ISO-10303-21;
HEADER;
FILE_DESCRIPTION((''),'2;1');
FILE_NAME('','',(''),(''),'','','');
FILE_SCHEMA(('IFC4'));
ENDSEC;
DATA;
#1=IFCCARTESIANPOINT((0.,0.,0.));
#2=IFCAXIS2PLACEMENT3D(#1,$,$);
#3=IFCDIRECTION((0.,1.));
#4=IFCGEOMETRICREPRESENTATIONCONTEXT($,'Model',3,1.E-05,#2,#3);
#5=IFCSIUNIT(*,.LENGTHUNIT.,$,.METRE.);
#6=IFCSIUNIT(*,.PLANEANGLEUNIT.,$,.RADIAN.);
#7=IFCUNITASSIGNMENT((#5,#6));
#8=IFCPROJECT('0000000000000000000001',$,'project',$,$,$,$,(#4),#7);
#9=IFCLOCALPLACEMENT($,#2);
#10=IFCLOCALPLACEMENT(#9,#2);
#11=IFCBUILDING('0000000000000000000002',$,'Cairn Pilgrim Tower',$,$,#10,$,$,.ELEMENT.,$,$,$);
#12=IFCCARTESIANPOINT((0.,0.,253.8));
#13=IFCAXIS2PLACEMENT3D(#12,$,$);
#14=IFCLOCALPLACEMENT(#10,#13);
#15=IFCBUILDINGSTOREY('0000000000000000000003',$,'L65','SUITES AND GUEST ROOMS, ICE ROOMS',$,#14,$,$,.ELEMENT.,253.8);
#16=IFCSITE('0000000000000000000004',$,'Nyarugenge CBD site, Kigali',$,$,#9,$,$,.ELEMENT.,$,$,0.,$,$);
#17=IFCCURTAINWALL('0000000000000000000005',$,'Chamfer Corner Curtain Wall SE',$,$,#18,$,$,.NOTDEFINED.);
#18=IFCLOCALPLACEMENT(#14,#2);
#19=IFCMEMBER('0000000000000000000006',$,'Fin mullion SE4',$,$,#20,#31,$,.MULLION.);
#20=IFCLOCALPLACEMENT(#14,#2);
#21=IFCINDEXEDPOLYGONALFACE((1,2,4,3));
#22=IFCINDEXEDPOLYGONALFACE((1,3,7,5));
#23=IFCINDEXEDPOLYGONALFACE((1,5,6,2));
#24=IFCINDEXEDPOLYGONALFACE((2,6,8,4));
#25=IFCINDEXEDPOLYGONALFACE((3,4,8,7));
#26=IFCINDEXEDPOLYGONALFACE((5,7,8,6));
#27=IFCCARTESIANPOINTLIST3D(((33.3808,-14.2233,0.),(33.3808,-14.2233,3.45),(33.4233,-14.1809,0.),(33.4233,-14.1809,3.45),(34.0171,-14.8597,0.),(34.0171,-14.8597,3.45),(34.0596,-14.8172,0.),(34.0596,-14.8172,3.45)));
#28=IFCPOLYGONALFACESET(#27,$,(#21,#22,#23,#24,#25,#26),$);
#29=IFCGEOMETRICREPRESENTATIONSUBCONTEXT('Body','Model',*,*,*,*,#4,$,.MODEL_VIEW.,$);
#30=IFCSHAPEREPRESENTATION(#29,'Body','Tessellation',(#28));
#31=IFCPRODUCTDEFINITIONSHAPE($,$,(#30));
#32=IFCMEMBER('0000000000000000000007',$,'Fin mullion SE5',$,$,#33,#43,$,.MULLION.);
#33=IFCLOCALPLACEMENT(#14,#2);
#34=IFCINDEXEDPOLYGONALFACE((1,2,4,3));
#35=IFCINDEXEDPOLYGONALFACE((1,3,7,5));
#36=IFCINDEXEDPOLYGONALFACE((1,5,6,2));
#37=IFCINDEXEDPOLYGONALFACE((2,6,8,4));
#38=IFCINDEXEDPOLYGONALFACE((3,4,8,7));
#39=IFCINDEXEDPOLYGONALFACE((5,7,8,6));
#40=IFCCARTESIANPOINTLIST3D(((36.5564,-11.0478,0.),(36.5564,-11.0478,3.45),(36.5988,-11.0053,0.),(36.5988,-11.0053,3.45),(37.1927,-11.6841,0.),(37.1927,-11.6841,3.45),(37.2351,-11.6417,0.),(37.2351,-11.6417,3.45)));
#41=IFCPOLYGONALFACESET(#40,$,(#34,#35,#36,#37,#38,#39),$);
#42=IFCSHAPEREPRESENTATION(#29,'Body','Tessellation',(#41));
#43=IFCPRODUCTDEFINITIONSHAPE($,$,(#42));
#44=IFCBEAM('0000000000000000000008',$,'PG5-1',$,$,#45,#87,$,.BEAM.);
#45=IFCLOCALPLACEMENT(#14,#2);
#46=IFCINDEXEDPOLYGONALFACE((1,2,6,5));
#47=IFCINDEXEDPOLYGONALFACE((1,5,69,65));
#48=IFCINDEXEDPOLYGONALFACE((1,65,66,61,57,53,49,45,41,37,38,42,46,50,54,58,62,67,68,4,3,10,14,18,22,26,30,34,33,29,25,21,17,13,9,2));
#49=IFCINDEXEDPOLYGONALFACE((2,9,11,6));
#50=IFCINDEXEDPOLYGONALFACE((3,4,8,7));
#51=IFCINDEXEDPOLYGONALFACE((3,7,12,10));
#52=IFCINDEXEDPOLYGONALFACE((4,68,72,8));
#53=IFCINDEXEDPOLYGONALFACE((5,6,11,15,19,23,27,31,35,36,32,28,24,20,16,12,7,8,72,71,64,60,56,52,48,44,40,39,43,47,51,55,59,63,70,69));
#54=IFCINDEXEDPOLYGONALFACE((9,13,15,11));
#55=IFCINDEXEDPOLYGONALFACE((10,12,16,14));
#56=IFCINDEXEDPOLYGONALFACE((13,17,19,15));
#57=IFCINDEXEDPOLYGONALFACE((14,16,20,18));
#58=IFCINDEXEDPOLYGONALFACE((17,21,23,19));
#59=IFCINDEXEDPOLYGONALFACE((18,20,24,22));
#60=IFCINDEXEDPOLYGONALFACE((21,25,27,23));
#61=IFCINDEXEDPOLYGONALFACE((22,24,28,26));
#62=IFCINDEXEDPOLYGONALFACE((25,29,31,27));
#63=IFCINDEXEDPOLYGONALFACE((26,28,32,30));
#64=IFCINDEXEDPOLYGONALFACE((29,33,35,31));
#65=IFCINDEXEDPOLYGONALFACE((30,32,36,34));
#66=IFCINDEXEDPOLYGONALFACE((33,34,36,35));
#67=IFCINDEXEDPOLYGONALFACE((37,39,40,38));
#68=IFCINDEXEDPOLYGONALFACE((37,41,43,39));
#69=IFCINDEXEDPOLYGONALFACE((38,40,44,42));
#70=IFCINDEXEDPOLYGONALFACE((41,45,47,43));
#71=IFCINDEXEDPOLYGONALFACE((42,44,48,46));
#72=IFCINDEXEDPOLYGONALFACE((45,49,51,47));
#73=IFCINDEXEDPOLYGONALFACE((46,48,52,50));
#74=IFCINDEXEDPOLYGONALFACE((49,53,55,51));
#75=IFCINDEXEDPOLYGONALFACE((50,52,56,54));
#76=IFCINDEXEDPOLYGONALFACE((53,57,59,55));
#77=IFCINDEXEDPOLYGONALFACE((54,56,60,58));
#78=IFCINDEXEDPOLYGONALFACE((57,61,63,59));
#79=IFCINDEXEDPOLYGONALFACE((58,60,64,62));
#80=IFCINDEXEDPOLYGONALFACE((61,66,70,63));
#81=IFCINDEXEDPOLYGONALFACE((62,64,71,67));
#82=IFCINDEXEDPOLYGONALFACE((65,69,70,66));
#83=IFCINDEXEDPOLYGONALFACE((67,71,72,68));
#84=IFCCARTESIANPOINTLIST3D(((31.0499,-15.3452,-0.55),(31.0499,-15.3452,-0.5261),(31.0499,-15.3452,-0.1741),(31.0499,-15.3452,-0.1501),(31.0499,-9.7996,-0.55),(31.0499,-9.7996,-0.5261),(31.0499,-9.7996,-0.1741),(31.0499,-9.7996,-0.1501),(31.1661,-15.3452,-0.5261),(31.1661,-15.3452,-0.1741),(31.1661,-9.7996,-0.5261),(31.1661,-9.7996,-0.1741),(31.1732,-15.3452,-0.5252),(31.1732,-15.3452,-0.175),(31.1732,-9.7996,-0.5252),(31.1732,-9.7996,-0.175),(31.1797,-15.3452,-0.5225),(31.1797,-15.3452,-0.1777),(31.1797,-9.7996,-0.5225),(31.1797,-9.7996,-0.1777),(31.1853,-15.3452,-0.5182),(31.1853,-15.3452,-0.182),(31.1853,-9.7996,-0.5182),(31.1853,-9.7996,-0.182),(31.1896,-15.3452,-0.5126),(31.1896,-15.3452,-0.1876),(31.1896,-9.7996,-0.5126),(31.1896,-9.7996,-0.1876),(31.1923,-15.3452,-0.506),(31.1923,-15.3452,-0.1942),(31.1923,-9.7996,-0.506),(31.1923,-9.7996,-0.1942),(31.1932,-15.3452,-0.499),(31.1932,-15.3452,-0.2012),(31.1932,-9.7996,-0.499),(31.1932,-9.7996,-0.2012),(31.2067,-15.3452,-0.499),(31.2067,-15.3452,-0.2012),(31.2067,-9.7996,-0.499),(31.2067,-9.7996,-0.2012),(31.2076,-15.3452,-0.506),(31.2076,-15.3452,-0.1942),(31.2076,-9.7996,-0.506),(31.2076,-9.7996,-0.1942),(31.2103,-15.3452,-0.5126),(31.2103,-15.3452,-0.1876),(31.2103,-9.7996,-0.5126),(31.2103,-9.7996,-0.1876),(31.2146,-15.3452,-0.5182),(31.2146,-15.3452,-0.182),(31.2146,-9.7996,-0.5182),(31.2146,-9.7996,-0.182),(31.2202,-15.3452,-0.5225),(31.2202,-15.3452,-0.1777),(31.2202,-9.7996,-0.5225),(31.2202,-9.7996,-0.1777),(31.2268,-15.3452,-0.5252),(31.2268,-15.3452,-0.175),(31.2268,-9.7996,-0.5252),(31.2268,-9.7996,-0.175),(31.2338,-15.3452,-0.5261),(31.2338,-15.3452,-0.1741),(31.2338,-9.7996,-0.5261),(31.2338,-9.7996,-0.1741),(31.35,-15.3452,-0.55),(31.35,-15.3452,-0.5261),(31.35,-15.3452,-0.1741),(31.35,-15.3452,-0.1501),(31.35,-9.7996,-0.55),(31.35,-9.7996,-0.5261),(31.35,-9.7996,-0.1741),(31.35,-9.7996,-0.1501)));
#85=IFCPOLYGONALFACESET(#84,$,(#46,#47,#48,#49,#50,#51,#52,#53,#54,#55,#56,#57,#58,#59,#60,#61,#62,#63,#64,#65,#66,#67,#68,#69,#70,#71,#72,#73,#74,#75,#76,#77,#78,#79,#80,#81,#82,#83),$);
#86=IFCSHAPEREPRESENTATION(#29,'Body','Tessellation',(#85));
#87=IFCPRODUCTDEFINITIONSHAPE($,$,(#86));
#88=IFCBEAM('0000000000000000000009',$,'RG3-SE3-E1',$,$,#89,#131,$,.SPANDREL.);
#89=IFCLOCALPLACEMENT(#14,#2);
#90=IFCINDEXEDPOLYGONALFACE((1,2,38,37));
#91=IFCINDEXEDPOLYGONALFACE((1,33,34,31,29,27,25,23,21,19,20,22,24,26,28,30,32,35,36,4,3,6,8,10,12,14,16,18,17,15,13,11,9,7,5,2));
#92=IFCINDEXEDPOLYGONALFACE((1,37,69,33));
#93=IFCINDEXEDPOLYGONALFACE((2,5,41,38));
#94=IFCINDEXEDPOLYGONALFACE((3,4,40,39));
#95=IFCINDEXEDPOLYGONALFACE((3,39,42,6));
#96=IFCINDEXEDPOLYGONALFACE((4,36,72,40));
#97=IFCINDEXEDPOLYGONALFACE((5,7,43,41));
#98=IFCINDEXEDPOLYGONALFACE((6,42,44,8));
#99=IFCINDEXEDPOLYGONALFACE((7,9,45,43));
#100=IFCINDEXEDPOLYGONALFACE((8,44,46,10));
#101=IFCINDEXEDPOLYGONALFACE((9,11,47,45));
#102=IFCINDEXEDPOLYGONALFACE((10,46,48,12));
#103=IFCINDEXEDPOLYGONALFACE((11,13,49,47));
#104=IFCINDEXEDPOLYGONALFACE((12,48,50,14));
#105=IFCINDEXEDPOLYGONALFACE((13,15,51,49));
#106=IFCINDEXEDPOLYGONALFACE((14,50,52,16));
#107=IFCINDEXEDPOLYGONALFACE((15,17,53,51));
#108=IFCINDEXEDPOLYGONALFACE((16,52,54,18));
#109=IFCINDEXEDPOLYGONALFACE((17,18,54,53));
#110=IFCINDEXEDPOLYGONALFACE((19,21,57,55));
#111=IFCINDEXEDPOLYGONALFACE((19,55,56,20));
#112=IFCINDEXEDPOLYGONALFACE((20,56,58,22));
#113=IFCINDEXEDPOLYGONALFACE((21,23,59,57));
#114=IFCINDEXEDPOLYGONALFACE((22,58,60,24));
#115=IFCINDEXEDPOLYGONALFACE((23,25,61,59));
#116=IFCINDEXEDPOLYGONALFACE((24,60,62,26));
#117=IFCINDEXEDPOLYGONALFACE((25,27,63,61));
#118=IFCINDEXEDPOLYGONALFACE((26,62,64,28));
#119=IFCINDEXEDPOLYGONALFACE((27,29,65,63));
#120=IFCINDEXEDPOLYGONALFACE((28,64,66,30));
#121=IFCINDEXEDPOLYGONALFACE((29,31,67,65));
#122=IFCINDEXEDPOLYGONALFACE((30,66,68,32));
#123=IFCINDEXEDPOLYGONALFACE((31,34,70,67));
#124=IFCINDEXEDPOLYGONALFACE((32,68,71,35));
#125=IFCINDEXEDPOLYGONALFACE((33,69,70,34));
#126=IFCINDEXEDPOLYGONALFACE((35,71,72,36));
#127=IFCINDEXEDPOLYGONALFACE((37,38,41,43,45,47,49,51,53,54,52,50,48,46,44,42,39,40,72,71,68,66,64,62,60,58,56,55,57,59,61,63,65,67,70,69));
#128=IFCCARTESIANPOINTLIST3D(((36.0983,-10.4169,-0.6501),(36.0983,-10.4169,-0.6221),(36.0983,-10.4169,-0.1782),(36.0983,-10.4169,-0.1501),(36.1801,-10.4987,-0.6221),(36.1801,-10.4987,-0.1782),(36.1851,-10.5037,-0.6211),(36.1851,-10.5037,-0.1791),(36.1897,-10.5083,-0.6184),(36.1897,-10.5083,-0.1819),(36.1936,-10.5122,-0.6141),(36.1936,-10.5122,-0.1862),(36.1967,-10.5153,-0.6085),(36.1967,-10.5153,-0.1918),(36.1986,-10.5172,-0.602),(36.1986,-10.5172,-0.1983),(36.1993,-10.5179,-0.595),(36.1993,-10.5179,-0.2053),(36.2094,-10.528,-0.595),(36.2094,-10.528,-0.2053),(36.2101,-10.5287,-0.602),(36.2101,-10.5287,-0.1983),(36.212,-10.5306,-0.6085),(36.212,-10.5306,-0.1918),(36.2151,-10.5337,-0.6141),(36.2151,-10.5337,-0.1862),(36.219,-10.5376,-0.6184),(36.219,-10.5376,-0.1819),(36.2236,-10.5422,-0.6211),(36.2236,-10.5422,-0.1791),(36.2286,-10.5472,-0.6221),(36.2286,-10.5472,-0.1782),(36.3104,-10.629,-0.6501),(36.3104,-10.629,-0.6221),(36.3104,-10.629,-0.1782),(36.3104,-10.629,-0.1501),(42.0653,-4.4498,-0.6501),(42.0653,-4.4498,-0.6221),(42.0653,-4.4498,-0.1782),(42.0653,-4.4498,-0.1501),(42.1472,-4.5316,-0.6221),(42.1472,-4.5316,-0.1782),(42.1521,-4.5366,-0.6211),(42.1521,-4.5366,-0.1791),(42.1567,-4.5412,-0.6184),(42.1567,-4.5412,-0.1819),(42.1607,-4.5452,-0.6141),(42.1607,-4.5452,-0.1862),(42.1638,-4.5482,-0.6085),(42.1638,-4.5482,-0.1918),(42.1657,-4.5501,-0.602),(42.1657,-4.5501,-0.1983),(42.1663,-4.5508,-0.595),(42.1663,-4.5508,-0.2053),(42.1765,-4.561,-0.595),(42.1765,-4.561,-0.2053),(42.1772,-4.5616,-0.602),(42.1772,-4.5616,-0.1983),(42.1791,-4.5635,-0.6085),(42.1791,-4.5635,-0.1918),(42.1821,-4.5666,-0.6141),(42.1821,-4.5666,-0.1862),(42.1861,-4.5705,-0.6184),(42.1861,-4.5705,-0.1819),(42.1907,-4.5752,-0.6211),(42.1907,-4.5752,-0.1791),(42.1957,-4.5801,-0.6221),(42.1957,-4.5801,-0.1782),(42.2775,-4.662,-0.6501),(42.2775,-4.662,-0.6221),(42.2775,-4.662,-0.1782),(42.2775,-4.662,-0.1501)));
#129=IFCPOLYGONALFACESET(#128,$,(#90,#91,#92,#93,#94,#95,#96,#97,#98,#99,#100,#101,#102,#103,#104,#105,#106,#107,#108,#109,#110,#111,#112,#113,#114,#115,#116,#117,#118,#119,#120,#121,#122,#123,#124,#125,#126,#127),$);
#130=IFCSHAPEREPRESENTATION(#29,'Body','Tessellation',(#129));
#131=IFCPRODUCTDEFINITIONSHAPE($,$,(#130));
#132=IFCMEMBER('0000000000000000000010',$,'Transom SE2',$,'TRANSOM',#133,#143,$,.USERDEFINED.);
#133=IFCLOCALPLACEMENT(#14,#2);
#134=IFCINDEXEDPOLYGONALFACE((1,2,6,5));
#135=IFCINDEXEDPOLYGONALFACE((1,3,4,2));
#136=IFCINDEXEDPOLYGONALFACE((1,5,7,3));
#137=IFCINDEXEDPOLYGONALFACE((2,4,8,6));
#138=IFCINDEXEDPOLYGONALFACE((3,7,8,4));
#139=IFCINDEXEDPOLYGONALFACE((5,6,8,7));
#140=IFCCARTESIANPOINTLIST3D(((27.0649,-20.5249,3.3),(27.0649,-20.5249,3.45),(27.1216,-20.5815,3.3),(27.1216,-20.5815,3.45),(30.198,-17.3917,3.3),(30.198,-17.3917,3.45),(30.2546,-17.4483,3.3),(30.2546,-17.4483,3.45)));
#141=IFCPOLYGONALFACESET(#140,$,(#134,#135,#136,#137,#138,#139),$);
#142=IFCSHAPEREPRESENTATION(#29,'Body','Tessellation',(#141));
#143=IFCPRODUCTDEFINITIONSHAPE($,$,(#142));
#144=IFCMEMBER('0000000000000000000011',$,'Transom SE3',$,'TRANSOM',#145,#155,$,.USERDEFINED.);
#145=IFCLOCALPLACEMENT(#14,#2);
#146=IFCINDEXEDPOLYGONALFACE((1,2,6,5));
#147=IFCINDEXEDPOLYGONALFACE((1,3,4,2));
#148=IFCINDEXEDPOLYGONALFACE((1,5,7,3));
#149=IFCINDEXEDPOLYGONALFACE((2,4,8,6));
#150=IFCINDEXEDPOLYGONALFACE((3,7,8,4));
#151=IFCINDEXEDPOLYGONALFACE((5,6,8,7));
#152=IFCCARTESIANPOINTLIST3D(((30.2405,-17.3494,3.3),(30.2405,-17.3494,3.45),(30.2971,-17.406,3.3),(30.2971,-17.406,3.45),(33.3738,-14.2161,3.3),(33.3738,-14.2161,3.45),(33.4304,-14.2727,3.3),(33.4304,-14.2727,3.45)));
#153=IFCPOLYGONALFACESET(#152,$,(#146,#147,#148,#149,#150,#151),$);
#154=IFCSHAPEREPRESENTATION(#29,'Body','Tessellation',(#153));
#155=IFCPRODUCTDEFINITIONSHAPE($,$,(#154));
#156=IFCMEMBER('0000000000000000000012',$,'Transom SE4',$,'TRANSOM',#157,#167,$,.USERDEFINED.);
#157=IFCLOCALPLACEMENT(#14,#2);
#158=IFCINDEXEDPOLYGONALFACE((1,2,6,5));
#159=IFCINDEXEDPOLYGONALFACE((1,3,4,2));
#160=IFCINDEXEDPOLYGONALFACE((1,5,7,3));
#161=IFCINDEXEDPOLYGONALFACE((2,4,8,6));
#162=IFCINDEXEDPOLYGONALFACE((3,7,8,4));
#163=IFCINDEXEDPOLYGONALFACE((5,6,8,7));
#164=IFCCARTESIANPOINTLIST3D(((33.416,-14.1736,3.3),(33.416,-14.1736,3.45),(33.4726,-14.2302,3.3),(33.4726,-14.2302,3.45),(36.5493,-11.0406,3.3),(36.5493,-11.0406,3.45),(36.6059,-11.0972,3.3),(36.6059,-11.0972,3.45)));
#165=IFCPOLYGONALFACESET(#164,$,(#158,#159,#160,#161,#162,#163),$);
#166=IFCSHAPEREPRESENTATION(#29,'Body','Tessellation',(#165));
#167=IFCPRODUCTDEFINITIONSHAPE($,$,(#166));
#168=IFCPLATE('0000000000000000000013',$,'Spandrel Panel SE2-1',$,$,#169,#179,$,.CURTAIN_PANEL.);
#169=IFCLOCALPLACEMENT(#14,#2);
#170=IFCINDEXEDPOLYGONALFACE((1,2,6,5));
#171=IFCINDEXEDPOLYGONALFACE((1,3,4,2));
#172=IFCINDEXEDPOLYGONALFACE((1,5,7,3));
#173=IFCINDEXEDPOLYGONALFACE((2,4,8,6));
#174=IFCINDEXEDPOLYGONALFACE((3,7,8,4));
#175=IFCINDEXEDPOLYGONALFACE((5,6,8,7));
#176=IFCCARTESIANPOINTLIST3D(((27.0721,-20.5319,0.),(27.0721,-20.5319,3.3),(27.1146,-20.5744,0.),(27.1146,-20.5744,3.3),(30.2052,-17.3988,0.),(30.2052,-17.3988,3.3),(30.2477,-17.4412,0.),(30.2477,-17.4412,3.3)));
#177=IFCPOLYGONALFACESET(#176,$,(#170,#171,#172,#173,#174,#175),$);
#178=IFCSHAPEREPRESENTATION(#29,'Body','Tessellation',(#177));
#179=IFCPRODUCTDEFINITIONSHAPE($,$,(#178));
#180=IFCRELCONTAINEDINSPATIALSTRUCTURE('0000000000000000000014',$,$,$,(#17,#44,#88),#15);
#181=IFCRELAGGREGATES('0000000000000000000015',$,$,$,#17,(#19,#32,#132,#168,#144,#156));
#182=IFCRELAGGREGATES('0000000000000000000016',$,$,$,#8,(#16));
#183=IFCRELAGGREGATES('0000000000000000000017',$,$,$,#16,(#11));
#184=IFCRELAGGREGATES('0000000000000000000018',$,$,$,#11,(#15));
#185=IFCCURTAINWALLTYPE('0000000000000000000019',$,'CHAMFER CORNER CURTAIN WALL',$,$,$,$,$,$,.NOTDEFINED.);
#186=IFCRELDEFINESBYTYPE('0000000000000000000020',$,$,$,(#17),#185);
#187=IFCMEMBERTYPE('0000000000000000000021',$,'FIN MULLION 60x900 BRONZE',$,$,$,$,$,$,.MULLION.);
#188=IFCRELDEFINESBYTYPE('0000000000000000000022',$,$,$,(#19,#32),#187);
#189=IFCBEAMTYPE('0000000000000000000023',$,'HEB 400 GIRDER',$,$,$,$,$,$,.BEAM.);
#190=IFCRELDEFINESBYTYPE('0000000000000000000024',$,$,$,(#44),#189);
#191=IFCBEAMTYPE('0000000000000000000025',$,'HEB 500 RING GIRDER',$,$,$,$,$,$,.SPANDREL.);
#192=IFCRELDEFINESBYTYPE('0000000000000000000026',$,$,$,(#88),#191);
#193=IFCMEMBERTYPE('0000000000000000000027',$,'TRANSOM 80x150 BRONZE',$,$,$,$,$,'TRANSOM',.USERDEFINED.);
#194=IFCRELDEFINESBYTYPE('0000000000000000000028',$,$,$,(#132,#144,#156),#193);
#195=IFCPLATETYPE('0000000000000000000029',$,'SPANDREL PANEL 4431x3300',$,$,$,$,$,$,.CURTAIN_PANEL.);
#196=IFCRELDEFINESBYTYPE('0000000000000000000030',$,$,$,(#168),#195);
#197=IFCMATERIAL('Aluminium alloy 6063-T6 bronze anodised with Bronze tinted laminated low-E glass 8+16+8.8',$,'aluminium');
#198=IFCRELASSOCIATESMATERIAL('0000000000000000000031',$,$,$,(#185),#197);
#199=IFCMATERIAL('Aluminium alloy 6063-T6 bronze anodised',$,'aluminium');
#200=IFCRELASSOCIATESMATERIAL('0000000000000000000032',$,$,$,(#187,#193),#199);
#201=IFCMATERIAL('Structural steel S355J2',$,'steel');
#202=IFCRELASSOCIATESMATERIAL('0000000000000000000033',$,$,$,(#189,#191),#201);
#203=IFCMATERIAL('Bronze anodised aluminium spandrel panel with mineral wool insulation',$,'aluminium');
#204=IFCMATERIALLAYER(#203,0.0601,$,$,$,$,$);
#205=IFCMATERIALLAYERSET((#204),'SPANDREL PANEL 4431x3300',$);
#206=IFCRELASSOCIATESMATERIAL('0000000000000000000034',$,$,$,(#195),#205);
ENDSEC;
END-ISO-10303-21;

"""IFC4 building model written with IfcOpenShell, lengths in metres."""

from ifc_helpers import new_model, si_unit, direction, frame, origin, origin_2d, place, context, subcontext, project, spatial, rectangle, i_section, extrude, material, layer, layer_set, material_profile, profile_set, type_object, element, aggregate, save


model = new_model("IFC4")

# Units and contexts
model_context = context("Model", 3, precision=1e-05, world=origin(), true_north=direction((0.0, 1.0)))
body_context = subcontext(model_context, "Body", "Model", "MODEL_VIEW")
ifc_project = project(units=[si_unit("LENGTHUNIT", "METRE"), si_unit("PLANEANGLEUNIT", "RADIAN")], contexts=[model_context])

# Site, building, storey
site_placement = place(None, origin())
site = spatial("IfcSite", under=ifc_project, at=site_placement, Name="Nyarugenge CBD site, Kigali", CompositionType="ELEMENT", RefElevation=0.0)
building_placement = place(site_placement, origin())
building = spatial("IfcBuilding", under=site, at=building_placement, Name="Cairn Pilgrim Tower", CompositionType="ELEMENT")
storey_placement = place(building_placement, frame((0.0, 0.0, 253.8)))
storey = spatial("IfcBuildingStorey", under=building, at=storey_placement, Name="L65", Description="SUITES AND GUEST ROOMS, ICE ROOMS", CompositionType="ELEMENT", Elevation=253.8)

# Shared definitions
ifc_material_1 = material(Name="Structural steel S355J2", Category="steel")

# Curtain wall, members
ifc_material_2 = material(Name="Aluminium alloy 6063-T6 bronze anodised with Bronze tinted laminated low-E glass 8+16+8.8", Category="aluminium")
curtain_wall_type = type_object("IfcCurtainWallType", Name="CHAMFER CORNER CURTAIN WALL", PredefinedType="NOTDEFINED", material=ifc_material_2)
curtain_wall_placement = place(storey_placement, origin())
curtain_wall = element("IfcCurtainWall", 1, at=curtain_wall_placement, inside=storey, type_object=curtain_wall_type, Name="Chamfer Corner Curtain Wall SE", PredefinedType="NOTDEFINED")
ifc_material_3 = material(Name="Aluminium alloy 6063-T6 bronze anodised", Category="aluminium")
ifc_material_profile_1 = material_profile(ifc_material_3, rectangle(XDim=0.8999, YDim=0.0601, at=origin_2d()), Name="FIN MULLION 60x900 BRONZE")
ifc_profile_set_1 = profile_set([ifc_material_profile_1], Name="Aluminium alloy 6063-T6 bronze anodised")
member_type_1 = type_object("IfcMemberType", Name="FIN MULLION 60x900 BRONZE", PredefinedType="MULLION", material=ifc_profile_set_1)
member_1_placement = place(storey_placement, frame((33.7202, -14.5203, 0.0), z_axis=(0.0, 0.0, 1.0), x_axis=(0.707107, -0.707107, 0.0)))
member_1 = element("IfcMember", 2, at=member_1_placement, type_object=member_type_1, Name="Fin mullion SE4", PredefinedType="MULLION", context=body_context, shape_type="SweptSolid", body=[
    extrude(rectangle(XDim=0.8999, YDim=0.0601, at=origin_2d()), origin(), (0.0, 0.0, 1.0), 3.45),
])
member_2_placement = place(storey_placement, frame((36.8958, -11.3447, 0.0), z_axis=(0.0, 0.0, 1.0), x_axis=(0.707107, -0.707107, 0.0)))
member_2 = element("IfcMember", 3, at=member_2_placement, type_object=member_type_1, Name="Fin mullion SE5", PredefinedType="MULLION", context=body_context, shape_type="SweptSolid", body=[
    extrude(rectangle(XDim=0.8999, YDim=0.0601, at=origin_2d()), origin(), (0.0, 0.0, 1.0), 3.45),
])

# Beams
ifc_material_profile_2 = material_profile(ifc_material_1, i_section(OverallWidth=0.3, OverallDepth=0.3999, WebThickness=0.0134, FlangeThickness=0.0239, FilletRadius=0.0271, at=origin_2d()), Name="HEB 400")
ifc_profile_set_2 = profile_set([ifc_material_profile_2], Name="Structural steel S355J2")
beam_type_1 = type_object("IfcBeamType", Name="HEB 400 GIRDER", PredefinedType="BEAM", material=ifc_profile_set_2)
beam_1_placement = place(storey_placement, frame((31.2, -15.3452, -0.3501), z_axis=(0.0, 1.0, 0.0), x_axis=(-1.0, 0.0, 0.0)))
element("IfcBeam", 4, at=beam_1_placement, inside=storey, type_object=beam_type_1, Name="PG5-1", PredefinedType="BEAM", context=body_context, shape_type="SweptSolid", body=[
    extrude(i_section(OverallWidth=0.3, OverallDepth=0.3999, WebThickness=0.0134, FlangeThickness=0.0239, FilletRadius=0.0271, at=origin_2d()), origin(), (0.0, 0.0, 1.0), 5.5457),
])
ifc_material_profile_3 = material_profile(ifc_material_1, i_section(OverallWidth=0.3, OverallDepth=0.5, WebThickness=0.0144, FlangeThickness=0.0281, FilletRadius=0.0271, at=origin_2d()), Name="HEB 500")
ifc_profile_set_3 = profile_set([ifc_material_profile_3], Name="Structural steel S355J2")
beam_type_2 = type_object("IfcBeamType", Name="HEB 500 RING GIRDER", PredefinedType="SPANDREL", material=ifc_profile_set_3)
beam_2_placement = place(storey_placement, frame((36.2043, -10.5229, -0.4001), z_axis=(0.707107, 0.707107, 0.0), x_axis=(-0.707107, 0.707107, 0.0)))
element("IfcBeam", 5, at=beam_2_placement, inside=storey, type_object=beam_type_2, Name="RG3-SE3-E1", PredefinedType="SPANDREL", context=body_context, shape_type="SweptSolid", body=[
    extrude(i_section(OverallWidth=0.3, OverallDepth=0.5, WebThickness=0.0144, FlangeThickness=0.0281, FilletRadius=0.0271, at=origin_2d()), origin(), (0.0, 0.0, 1.0), 8.4387),
])

# Members
ifc_material_profile_4 = material_profile(ifc_material_3, rectangle(XDim=0.0801, YDim=0.1499, at=origin_2d()), Name="TRANSOM 80x150 BRONZE")
ifc_profile_set_4 = profile_set([ifc_material_profile_4], Name="Aluminium alloy 6063-T6 bronze anodised")
member_type_2 = type_object("IfcMemberType", Name="TRANSOM 80x150 BRONZE", ElementType="TRANSOM", PredefinedType="USERDEFINED", material=ifc_profile_set_4)
member_3_placement = place(storey_placement, frame((27.0933, -20.5532, 3.375), z_axis=(0.707079, 0.707134, 0.0), x_axis=(-0.707134, 0.707079, 0.0)))
member_3 = element("IfcMember", 6, at=member_3_placement, type_object=member_type_2, Name="Transom SE2", ObjectType="TRANSOM", PredefinedType="USERDEFINED", context=body_context, shape_type="SweptSolid", body=[
    extrude(rectangle(XDim=0.0801, YDim=0.1499, at=origin_2d()), origin(), (0.0, 0.0, 1.0), 4.4309),
])
member_4_placement = place(storey_placement, frame((30.2688, -17.3777, 3.375), z_axis=(0.707107, 0.707107, 0.0), x_axis=(-0.707107, 0.707107, 0.0)))
member_4 = element("IfcMember", 7, at=member_4_placement, type_object=member_type_2, Name="Transom SE3", ObjectType="TRANSOM", PredefinedType="USERDEFINED", context=body_context, shape_type="SweptSolid", body=[
    extrude(rectangle(XDim=0.0801, YDim=0.1499, at=origin_2d()), origin(), (0.0, 0.0, 1.0), 4.4312),
])
member_5_placement = place(storey_placement, frame((33.4443, -14.2019, 3.375), z_axis=(0.707134, 0.707079, 0.0), x_axis=(-0.707079, 0.707134, 0.0)))
member_5 = element("IfcMember", 8, at=member_5_placement, type_object=member_type_2, Name="Transom SE4", ObjectType="TRANSOM", PredefinedType="USERDEFINED", context=body_context, shape_type="SweptSolid", body=[
    extrude(rectangle(XDim=0.0801, YDim=0.1499, at=origin_2d()), origin(), (0.0, 0.0, 1.0), 4.4309),
])

# Plate
ifc_material_4 = material(Name="Bronze anodised aluminium spandrel panel with mineral wool insulation", Category="aluminium")
ifc_layer_1 = layer(ifc_material_4, 0.0601)
ifc_layer_set_1 = layer_set([ifc_layer_1], Name="SPANDREL PANEL 4431x3300")
plate_type = type_object("IfcPlateType", Name="SPANDREL PANEL 4431x3300", PredefinedType="CURTAIN_PANEL", material=ifc_layer_set_1)
plate_1_placement = place(storey_placement, frame((28.6599, -18.9866, 0.0), z_axis=(0.0, 0.0, 1.0), x_axis=(0.707107, 0.707107, 0.0)))
plate_1 = element("IfcPlate", 9, at=plate_1_placement, type_object=plate_type, Name="Spandrel Panel SE2-1", PredefinedType="CURTAIN_PANEL", context=body_context, shape_type="SweptSolid", body=[
    extrude(rectangle(XDim=4.4309, YDim=0.0601, at=origin_2d()), origin(), (0.0, 0.0, 1.0), 3.3),
])
aggregate(curtain_wall, [member_1, member_2, member_3, plate_1, member_4, member_5])

save(model, "model.ifc")
